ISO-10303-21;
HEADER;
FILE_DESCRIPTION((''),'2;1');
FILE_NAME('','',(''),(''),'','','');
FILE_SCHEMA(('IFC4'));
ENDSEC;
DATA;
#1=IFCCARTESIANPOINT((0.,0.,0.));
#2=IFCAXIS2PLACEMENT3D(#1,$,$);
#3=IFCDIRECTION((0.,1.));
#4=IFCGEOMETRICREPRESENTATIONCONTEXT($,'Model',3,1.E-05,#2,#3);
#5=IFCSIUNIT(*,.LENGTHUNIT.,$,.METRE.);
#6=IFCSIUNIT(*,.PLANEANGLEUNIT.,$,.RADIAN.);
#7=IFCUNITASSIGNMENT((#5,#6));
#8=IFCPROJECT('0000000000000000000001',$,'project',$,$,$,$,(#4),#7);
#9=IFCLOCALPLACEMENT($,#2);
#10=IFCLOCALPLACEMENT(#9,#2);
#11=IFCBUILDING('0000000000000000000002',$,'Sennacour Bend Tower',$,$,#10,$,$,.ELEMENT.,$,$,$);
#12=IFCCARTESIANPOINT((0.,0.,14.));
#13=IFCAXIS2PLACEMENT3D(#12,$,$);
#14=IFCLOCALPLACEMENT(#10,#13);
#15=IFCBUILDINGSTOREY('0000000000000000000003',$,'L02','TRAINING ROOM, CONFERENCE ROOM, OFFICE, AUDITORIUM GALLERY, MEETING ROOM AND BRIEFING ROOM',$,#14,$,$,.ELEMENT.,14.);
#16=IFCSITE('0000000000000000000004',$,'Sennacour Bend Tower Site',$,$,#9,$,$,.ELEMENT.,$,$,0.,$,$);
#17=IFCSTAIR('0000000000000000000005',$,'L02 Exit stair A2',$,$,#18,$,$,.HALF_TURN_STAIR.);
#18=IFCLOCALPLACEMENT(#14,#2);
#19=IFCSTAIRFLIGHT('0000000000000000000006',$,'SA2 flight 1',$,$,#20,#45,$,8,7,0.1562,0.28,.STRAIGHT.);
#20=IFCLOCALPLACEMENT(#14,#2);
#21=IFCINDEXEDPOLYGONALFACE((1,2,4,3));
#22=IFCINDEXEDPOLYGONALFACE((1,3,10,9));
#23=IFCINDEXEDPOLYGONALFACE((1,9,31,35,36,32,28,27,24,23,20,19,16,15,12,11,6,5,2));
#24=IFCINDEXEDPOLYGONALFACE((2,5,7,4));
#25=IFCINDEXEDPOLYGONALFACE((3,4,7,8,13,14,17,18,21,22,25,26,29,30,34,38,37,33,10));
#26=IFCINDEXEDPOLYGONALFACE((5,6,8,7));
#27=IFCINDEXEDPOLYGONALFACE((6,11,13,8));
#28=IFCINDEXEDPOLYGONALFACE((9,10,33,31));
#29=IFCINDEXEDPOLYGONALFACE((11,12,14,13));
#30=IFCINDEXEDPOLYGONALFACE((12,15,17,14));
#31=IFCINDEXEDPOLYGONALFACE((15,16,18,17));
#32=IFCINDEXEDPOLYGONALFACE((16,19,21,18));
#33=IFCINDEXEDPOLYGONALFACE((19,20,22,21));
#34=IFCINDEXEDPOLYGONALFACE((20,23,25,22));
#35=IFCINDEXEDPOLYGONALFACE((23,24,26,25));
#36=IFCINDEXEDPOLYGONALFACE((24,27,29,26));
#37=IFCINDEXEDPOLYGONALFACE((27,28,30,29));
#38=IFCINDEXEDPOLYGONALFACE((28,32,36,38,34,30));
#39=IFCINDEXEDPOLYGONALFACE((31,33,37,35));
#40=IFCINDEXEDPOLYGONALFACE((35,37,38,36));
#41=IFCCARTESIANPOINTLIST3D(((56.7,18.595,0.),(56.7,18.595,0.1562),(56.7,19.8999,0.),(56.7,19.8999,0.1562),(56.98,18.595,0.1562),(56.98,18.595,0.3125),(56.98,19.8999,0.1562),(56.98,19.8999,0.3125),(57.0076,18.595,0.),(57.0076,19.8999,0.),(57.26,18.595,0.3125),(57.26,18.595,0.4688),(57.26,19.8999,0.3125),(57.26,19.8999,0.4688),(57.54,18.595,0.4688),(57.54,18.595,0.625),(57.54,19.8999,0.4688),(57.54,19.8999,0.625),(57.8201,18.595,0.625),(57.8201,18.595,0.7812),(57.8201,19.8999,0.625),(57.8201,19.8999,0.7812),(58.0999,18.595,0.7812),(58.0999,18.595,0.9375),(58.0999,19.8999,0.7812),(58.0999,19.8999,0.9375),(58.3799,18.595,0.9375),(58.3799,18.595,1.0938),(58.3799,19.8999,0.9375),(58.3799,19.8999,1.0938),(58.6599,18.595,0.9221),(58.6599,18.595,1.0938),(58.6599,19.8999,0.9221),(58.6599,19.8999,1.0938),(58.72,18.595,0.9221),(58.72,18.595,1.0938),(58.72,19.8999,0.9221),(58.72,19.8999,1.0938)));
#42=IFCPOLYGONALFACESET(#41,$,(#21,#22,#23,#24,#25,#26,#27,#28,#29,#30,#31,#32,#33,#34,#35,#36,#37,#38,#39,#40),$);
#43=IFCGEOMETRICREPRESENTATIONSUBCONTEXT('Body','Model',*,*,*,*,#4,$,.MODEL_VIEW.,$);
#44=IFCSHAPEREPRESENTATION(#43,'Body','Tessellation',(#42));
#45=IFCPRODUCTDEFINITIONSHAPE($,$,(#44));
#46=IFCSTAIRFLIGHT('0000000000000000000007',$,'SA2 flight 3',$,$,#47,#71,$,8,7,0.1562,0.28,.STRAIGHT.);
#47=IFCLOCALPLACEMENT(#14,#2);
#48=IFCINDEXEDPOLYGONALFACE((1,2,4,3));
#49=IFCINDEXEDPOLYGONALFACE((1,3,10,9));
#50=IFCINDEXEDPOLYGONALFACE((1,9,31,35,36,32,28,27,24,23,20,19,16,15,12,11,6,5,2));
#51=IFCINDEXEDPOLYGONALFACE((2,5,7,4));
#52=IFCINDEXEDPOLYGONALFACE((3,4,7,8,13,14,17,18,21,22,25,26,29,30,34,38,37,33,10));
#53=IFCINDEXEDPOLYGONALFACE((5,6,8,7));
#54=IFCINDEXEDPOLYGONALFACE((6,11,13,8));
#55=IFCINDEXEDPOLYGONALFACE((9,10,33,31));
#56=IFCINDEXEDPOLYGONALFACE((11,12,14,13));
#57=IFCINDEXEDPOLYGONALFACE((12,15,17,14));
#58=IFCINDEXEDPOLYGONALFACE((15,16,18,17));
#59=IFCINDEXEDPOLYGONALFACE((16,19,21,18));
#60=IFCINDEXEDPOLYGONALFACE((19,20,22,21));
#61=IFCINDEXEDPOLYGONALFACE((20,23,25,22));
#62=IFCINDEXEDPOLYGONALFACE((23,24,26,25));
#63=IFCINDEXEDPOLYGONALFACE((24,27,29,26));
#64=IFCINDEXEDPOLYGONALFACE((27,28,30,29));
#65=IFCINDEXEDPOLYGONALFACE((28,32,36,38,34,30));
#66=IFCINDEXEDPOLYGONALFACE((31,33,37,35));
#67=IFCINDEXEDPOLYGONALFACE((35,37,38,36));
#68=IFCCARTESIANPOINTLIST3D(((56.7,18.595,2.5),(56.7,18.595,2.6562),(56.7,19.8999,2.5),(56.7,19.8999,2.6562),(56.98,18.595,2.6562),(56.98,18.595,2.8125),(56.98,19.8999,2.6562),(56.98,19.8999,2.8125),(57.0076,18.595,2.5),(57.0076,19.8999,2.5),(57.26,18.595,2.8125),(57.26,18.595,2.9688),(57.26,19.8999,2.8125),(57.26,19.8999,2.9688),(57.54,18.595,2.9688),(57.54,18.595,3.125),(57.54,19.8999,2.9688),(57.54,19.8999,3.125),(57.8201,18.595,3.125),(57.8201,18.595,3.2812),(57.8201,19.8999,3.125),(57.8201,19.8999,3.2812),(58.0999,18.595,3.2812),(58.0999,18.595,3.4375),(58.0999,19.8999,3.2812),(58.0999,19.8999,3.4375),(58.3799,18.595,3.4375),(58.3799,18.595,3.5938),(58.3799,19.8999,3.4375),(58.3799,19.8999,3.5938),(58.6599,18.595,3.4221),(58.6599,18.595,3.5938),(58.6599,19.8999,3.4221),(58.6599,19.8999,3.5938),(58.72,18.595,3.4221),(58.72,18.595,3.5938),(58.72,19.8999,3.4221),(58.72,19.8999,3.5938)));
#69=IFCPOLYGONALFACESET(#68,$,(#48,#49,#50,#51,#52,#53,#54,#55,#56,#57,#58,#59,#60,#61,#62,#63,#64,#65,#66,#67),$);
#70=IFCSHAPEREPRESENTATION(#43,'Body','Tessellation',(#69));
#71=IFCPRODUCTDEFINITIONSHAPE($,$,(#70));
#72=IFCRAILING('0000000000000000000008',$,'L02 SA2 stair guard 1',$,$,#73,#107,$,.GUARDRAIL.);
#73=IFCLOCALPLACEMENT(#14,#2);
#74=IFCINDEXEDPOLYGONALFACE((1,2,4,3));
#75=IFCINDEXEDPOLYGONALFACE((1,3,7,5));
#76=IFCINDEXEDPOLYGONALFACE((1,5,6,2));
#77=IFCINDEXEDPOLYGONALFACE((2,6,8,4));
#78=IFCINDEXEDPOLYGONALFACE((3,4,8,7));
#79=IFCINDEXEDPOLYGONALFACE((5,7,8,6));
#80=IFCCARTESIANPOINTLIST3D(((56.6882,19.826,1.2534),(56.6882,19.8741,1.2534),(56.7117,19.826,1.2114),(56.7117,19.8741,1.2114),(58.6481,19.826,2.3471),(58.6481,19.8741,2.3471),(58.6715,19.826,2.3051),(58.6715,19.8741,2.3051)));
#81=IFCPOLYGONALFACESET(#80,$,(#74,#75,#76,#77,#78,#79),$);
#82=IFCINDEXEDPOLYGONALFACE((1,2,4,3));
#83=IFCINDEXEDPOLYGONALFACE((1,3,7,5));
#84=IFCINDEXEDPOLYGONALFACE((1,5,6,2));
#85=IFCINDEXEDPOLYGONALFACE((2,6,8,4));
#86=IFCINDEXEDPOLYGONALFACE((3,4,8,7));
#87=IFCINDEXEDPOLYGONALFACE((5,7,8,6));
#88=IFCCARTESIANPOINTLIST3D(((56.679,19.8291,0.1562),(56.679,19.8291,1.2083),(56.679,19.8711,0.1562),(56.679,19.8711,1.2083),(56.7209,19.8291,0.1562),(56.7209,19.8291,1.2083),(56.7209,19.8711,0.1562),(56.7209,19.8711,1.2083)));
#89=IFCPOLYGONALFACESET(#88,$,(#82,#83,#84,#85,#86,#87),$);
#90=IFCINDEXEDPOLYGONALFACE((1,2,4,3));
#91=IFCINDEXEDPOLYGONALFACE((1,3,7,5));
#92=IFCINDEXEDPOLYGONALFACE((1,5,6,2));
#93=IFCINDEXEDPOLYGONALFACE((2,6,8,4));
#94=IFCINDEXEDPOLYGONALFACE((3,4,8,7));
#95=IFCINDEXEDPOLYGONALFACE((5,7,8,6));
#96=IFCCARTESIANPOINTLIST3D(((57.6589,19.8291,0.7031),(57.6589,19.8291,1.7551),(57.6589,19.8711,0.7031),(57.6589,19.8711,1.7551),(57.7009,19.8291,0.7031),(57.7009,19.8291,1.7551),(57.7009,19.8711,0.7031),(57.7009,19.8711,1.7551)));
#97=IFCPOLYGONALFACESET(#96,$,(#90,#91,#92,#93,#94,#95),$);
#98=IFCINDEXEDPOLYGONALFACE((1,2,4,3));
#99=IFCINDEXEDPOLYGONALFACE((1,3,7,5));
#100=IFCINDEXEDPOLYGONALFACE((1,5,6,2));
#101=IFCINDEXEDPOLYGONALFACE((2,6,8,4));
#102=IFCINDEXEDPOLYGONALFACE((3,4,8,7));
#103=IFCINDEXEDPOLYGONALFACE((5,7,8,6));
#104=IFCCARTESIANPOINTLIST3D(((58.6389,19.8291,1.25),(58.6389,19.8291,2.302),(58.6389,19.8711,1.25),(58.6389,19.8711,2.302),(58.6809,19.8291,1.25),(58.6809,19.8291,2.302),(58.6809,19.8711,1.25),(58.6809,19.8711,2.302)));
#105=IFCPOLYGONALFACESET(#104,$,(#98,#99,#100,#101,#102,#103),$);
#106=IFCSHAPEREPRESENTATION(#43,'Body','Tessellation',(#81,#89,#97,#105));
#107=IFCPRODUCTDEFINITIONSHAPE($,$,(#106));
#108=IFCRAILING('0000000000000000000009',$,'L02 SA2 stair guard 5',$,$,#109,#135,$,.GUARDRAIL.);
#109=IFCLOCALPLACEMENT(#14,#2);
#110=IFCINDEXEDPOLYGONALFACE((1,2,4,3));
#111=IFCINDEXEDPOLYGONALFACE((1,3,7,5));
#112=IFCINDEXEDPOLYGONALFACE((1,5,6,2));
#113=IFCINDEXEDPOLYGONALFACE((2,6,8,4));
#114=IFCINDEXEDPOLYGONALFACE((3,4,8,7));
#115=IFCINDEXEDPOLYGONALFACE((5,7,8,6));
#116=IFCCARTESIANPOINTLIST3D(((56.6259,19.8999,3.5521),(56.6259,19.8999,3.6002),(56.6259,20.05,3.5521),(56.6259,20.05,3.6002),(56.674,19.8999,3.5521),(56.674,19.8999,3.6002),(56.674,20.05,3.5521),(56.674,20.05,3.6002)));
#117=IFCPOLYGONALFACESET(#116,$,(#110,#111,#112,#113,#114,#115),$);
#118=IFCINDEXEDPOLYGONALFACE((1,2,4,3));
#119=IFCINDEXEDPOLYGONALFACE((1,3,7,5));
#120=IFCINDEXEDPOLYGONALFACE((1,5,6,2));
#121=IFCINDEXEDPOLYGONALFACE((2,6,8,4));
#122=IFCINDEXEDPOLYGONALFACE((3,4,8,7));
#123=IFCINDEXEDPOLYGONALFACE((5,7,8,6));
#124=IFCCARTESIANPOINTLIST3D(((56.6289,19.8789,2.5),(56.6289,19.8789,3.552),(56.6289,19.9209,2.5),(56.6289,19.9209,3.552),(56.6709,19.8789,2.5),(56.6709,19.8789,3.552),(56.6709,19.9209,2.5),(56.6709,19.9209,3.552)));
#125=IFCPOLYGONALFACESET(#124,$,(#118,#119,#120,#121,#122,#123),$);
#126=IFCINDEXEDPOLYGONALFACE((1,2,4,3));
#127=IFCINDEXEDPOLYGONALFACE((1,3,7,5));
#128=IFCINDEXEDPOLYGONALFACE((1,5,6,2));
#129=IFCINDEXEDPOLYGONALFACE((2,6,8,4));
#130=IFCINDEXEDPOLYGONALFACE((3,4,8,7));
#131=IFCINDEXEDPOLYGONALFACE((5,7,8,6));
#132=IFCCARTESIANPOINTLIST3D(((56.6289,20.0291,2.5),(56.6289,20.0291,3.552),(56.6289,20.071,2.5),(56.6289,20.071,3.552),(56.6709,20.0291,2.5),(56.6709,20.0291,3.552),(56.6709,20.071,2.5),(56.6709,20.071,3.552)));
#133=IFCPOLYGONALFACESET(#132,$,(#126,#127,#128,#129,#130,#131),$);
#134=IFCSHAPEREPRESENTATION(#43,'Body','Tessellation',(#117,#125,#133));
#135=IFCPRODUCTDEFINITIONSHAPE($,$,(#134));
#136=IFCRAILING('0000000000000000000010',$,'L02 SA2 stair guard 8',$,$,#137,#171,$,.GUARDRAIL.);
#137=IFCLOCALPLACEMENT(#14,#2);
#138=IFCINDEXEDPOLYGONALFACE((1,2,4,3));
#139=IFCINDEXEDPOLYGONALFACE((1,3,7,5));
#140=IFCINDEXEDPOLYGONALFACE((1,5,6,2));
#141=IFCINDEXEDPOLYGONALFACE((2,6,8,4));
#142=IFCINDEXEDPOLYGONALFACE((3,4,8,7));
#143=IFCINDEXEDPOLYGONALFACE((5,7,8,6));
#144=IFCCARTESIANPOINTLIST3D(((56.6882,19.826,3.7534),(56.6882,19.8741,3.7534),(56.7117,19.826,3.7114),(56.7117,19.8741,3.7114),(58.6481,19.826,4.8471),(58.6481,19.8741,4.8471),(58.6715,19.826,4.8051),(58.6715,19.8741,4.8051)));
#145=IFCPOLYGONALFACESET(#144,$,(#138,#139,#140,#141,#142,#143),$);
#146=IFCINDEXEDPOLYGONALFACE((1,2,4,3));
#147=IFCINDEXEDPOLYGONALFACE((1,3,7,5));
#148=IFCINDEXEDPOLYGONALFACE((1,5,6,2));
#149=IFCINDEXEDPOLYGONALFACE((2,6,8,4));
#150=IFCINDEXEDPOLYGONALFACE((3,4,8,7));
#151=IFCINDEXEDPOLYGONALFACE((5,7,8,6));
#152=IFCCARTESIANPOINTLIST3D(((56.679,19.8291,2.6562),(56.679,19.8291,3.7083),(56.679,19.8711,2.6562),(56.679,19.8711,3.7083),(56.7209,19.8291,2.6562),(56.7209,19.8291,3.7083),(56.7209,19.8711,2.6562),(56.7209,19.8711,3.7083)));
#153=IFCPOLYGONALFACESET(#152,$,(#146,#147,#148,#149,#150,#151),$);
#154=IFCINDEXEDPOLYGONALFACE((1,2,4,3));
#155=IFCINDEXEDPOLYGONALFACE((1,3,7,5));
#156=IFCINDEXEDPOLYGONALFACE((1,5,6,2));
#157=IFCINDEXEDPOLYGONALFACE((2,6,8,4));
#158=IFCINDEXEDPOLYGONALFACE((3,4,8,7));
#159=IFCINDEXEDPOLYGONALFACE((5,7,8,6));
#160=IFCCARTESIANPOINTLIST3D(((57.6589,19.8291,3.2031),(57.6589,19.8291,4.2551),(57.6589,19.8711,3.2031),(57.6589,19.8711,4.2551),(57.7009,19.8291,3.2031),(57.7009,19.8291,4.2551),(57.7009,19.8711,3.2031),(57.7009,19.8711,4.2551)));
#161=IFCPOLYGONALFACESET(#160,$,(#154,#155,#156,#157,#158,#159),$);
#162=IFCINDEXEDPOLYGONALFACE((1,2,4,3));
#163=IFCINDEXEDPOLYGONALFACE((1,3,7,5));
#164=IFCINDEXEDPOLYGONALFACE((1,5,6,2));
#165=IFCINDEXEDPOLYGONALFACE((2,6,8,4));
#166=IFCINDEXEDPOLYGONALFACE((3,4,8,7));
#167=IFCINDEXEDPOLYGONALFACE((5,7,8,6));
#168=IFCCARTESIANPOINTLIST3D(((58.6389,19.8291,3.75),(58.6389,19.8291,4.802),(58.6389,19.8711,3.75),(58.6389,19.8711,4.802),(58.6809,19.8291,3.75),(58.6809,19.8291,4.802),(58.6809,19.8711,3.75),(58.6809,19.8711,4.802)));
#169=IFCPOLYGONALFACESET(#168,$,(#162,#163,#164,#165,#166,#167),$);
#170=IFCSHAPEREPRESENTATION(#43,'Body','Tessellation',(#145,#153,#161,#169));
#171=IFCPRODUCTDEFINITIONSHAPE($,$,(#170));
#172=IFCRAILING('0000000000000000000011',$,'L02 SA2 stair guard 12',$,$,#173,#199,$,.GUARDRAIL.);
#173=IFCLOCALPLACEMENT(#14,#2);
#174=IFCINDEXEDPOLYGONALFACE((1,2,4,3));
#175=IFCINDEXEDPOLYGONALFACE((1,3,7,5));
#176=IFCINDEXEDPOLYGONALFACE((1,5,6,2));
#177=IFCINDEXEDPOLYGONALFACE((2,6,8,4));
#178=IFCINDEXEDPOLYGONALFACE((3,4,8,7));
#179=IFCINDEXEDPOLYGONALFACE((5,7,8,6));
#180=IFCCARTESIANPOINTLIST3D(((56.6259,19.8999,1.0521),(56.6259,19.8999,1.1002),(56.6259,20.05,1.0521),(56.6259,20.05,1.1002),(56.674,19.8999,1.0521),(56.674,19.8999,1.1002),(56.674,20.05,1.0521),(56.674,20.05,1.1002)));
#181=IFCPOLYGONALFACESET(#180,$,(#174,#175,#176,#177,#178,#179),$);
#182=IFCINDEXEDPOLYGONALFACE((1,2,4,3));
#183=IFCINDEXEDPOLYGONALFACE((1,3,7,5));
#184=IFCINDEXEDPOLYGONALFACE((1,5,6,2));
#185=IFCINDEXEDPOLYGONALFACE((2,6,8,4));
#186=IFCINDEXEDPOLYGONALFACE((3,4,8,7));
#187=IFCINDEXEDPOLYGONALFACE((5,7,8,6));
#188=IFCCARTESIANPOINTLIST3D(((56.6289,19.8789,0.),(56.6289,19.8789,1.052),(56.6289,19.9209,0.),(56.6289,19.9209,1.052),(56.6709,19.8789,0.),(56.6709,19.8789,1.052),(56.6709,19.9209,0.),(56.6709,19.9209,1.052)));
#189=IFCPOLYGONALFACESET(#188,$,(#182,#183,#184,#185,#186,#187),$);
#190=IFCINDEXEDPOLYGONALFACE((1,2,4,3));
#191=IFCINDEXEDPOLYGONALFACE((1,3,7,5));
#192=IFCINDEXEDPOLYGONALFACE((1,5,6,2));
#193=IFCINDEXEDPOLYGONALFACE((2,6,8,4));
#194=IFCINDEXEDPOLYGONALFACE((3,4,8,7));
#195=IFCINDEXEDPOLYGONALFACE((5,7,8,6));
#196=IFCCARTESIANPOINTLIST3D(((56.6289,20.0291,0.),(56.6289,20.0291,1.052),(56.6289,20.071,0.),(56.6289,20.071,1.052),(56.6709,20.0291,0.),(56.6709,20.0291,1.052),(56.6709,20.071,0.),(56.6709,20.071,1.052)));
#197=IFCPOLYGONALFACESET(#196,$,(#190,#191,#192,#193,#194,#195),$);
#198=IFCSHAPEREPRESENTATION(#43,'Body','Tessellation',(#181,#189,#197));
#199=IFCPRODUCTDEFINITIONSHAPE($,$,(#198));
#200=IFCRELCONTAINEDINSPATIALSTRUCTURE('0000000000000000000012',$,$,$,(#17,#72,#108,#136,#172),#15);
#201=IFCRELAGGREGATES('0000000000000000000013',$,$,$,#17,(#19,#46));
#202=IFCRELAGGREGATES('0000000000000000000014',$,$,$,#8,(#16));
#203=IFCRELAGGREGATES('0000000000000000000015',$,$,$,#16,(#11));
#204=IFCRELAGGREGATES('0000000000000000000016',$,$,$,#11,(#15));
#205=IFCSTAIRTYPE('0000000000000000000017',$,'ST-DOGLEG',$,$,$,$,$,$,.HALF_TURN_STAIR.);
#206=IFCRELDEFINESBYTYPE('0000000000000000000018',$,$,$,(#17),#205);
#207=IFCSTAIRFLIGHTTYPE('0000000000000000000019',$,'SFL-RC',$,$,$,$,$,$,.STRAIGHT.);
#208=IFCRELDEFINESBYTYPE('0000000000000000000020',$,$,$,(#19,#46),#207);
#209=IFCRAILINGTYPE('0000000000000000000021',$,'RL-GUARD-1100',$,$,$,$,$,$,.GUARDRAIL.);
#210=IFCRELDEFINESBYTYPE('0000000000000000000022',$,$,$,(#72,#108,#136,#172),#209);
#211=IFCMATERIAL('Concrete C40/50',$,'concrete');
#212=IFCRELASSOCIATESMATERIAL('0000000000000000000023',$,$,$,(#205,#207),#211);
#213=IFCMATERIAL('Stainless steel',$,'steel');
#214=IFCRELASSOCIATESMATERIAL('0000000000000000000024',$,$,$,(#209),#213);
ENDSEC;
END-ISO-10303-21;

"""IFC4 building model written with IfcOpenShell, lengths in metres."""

from ifc_helpers import new_model, si_unit, direction, frame, origin, origin_2d, place, context, subcontext, project, spatial, polyline, rectangle, outline, extrude, material, type_object, element, aggregate, save


model = new_model("IFC4")

# Units and contexts
model_context = context("Model", 3, precision=1e-05, world=origin(), true_north=direction((0.0, 1.0)))
body_context = subcontext(model_context, "Body", "Model", "MODEL_VIEW")
ifc_project = project(units=[si_unit("LENGTHUNIT", "METRE"), si_unit("PLANEANGLEUNIT", "RADIAN")], contexts=[model_context])

# Site, building, storey
site_placement = place(None, origin())
site = spatial("IfcSite", under=ifc_project, at=site_placement, Name="Sennacour Bend Tower Site", CompositionType="ELEMENT", RefElevation=0.0)
building_placement = place(site_placement, origin())
building = spatial("IfcBuilding", under=site, at=building_placement, Name="Sennacour Bend Tower", CompositionType="ELEMENT")
storey_placement = place(building_placement, frame((0.0, 0.0, 14.0)))
storey = spatial("IfcBuildingStorey", under=building, at=storey_placement, Name="L02", Description="TRAINING ROOM, CONFERENCE ROOM, OFFICE, AUDITORIUM GALLERY, MEETING ROOM AND BRIEFING ROOM", CompositionType="ELEMENT", Elevation=14.0)

# Shared definitions
ifc_material_1 = material(Name="Stainless steel", Category="steel")

# Stair, stair flights
ifc_material_2 = material(Name="Concrete C40/50", Category="concrete")
stair_type = type_object("IfcStairType", Name="ST-DOGLEG", PredefinedType="HALF_TURN_STAIR", material=ifc_material_2)
stair_placement = place(storey_placement, origin())
stair = element("IfcStair", 1, at=stair_placement, inside=storey, type_object=stair_type, Name="L02 Exit stair A2", PredefinedType="HALF_TURN_STAIR")
stair_flight_type = type_object("IfcStairFlightType", Name="SFL-RC", PredefinedType="STRAIGHT", material=ifc_material_2)
stair_flight_1_placement = place(storey_placement, frame((56.7, 19.2476, 0.0), z_axis=(0.0, 0.0, 1.0), x_axis=(1.0, 0.0, 0.0)))
stair_flight_1 = element("IfcStairFlight", 2, at=stair_flight_1_placement, type_object=stair_flight_type, Name="SA2 flight 1", NumberOfRisers=8, NumberOfTreads=7, PredefinedType="STRAIGHT", RiserHeight=0.1562, TreadLength=0.28, context=body_context, shape_type="SweptSolid", body=[
    extrude(outline(polyline([(0.0, 0.0), (0.0, 0.1562), (0.28, 0.1562), (0.28, 0.3125), (0.5601, 0.3125), (0.5601, 0.4688), (0.8401, 0.4688), (0.8401, 0.625), (1.1201, 0.625), (1.1201, 0.7812), (1.3999, 0.7812), (1.3999, 0.9375), (1.6799, 0.9375), (1.6799, 1.0938), (1.96, 1.0938), (2.02, 1.0938), (2.02, 0.9221), (1.96, 0.9221), (0.3076, 0.0), (0.0, 0.0)])), frame((0.0, 0.6523, 0.0), z_axis=(0.0, -1.0, 0.0), x_axis=(1.0, 0.0, 0.0)), (0.0, 0.0, 1.0), 1.3049),
])
stair_flight_2_placement = place(storey_placement, frame((56.7, 19.2476, 2.5), z_axis=(0.0, 0.0, 1.0), x_axis=(1.0, 0.0, 0.0)))
stair_flight_2 = element("IfcStairFlight", 3, at=stair_flight_2_placement, type_object=stair_flight_type, Name="SA2 flight 3", NumberOfRisers=8, NumberOfTreads=7, PredefinedType="STRAIGHT", RiserHeight=0.1562, TreadLength=0.28, context=body_context, shape_type="SweptSolid", body=[
    extrude(outline(polyline([(0.0, 0.0), (0.0, 0.1562), (0.28, 0.1562), (0.28, 0.3125), (0.5601, 0.3125), (0.5601, 0.4688), (0.8401, 0.4688), (0.8401, 0.625), (1.1201, 0.625), (1.1201, 0.7812), (1.3999, 0.7812), (1.3999, 0.9375), (1.6799, 0.9375), (1.6799, 1.0938), (1.96, 1.0938), (2.02, 1.0938), (2.02, 0.9221), (1.96, 0.9221), (0.3076, 0.0), (0.0, 0.0)])), frame((0.0, 0.6523, 0.0), z_axis=(0.0, -1.0, 0.0), x_axis=(1.0, 0.0, 0.0)), (0.0, 0.0, 1.0), 1.3049),
])
aggregate(stair, [stair_flight_1, stair_flight_2])

# Railings
railing_type_1 = type_object("IfcRailingType", Name="RL-GUARD-1100", PredefinedType="GUARDRAIL", material=ifc_material_1)
railing_1_placement = place(storey_placement, frame((56.7, 19.8501, 0.1562)))
element("IfcRailing", 4, at=railing_1_placement, inside=storey, type_object=railing_type_1, Name="L02 SA2 stair guard 1", PredefinedType="GUARDRAIL", context=body_context, shape_type="SweptSolid", body=[
    extrude(rectangle(XDim=0.0481, YDim=0.0481, at=origin_2d()), frame((0.0, 0.0, 1.0762), z_axis=(0.873232, 0.0, 0.487304), x_axis=(0.0, 1.0, 0.0)), (0.0, 0.0, 1.0), 2.2444),
    extrude(rectangle(XDim=0.042, YDim=0.042, at=origin_2d()), origin(), (0.0, 0.0, 1.0), 1.052),
    extrude(rectangle(XDim=0.042, YDim=0.042, at=origin_2d()), frame((0.98, 0.0, 0.5469)), (0.0, 0.0, 1.0), 1.052),
    extrude(rectangle(XDim=0.042, YDim=0.042, at=origin_2d()), frame((1.96, 0.0, 1.0938)), (0.0, 0.0, 1.0), 1.052),
])
railing_2_placement = place(storey_placement, frame((56.6499, 19.8999, 2.5)))
element("IfcRailing", 5, at=railing_2_placement, inside=storey, type_object=railing_type_1, Name="L02 SA2 stair guard 5", PredefinedType="GUARDRAIL", context=body_context, shape_type="SweptSolid", body=[
    extrude(rectangle(XDim=0.0481, YDim=0.0481, at=origin_2d()), frame((0.0, 0.0, 1.0762), z_axis=(0.0, 1.0, 0.0), x_axis=(-1.0, 0.0, 0.0)), (0.0, 0.0, 1.0), 0.1501),
    extrude(rectangle(XDim=0.042, YDim=0.042, at=origin_2d()), origin(), (0.0, 0.0, 1.0), 1.052),
    extrude(rectangle(XDim=0.042, YDim=0.042, at=origin_2d()), frame((0.0, 0.1501, 0.0)), (0.0, 0.0, 1.0), 1.052),
])
railing_3_placement = place(storey_placement, frame((56.7, 19.8501, 2.6562)))
element("IfcRailing", 6, at=railing_3_placement, inside=storey, type_object=railing_type_1, Name="L02 SA2 stair guard 8", PredefinedType="GUARDRAIL", context=body_context, shape_type="SweptSolid", body=[
    extrude(rectangle(XDim=0.0481, YDim=0.0481, at=origin_2d()), frame((0.0, 0.0, 1.0762), z_axis=(0.873232, 0.0, 0.487304), x_axis=(0.0, 1.0, 0.0)), (0.0, 0.0, 1.0), 2.2444),
    extrude(rectangle(XDim=0.042, YDim=0.042, at=origin_2d()), origin(), (0.0, 0.0, 1.0), 1.052),
    extrude(rectangle(XDim=0.042, YDim=0.042, at=origin_2d()), frame((0.98, 0.0, 0.5469)), (0.0, 0.0, 1.0), 1.052),
    extrude(rectangle(XDim=0.042, YDim=0.042, at=origin_2d()), frame((1.96, 0.0, 1.0938)), (0.0, 0.0, 1.0), 1.052),
])
railing_4_placement = place(storey_placement, frame((56.6499, 19.8999, 0.0)))
element("IfcRailing", 7, at=railing_4_placement, inside=storey, type_object=railing_type_1, Name="L02 SA2 stair guard 12", PredefinedType="GUARDRAIL", context=body_context, shape_type="SweptSolid", body=[
    extrude(rectangle(XDim=0.0481, YDim=0.0481, at=origin_2d()), frame((0.0, 0.0, 1.0762), z_axis=(0.0, 1.0, 0.0), x_axis=(-1.0, 0.0, 0.0)), (0.0, 0.0, 1.0), 0.1501),
    extrude(rectangle(XDim=0.042, YDim=0.042, at=origin_2d()), origin(), (0.0, 0.0, 1.0), 1.052),
    extrude(rectangle(XDim=0.042, YDim=0.042, at=origin_2d()), frame((0.0, 0.1501, 0.0)), (0.0, 0.0, 1.0), 1.052),
])

save(model, "model.ifc")
